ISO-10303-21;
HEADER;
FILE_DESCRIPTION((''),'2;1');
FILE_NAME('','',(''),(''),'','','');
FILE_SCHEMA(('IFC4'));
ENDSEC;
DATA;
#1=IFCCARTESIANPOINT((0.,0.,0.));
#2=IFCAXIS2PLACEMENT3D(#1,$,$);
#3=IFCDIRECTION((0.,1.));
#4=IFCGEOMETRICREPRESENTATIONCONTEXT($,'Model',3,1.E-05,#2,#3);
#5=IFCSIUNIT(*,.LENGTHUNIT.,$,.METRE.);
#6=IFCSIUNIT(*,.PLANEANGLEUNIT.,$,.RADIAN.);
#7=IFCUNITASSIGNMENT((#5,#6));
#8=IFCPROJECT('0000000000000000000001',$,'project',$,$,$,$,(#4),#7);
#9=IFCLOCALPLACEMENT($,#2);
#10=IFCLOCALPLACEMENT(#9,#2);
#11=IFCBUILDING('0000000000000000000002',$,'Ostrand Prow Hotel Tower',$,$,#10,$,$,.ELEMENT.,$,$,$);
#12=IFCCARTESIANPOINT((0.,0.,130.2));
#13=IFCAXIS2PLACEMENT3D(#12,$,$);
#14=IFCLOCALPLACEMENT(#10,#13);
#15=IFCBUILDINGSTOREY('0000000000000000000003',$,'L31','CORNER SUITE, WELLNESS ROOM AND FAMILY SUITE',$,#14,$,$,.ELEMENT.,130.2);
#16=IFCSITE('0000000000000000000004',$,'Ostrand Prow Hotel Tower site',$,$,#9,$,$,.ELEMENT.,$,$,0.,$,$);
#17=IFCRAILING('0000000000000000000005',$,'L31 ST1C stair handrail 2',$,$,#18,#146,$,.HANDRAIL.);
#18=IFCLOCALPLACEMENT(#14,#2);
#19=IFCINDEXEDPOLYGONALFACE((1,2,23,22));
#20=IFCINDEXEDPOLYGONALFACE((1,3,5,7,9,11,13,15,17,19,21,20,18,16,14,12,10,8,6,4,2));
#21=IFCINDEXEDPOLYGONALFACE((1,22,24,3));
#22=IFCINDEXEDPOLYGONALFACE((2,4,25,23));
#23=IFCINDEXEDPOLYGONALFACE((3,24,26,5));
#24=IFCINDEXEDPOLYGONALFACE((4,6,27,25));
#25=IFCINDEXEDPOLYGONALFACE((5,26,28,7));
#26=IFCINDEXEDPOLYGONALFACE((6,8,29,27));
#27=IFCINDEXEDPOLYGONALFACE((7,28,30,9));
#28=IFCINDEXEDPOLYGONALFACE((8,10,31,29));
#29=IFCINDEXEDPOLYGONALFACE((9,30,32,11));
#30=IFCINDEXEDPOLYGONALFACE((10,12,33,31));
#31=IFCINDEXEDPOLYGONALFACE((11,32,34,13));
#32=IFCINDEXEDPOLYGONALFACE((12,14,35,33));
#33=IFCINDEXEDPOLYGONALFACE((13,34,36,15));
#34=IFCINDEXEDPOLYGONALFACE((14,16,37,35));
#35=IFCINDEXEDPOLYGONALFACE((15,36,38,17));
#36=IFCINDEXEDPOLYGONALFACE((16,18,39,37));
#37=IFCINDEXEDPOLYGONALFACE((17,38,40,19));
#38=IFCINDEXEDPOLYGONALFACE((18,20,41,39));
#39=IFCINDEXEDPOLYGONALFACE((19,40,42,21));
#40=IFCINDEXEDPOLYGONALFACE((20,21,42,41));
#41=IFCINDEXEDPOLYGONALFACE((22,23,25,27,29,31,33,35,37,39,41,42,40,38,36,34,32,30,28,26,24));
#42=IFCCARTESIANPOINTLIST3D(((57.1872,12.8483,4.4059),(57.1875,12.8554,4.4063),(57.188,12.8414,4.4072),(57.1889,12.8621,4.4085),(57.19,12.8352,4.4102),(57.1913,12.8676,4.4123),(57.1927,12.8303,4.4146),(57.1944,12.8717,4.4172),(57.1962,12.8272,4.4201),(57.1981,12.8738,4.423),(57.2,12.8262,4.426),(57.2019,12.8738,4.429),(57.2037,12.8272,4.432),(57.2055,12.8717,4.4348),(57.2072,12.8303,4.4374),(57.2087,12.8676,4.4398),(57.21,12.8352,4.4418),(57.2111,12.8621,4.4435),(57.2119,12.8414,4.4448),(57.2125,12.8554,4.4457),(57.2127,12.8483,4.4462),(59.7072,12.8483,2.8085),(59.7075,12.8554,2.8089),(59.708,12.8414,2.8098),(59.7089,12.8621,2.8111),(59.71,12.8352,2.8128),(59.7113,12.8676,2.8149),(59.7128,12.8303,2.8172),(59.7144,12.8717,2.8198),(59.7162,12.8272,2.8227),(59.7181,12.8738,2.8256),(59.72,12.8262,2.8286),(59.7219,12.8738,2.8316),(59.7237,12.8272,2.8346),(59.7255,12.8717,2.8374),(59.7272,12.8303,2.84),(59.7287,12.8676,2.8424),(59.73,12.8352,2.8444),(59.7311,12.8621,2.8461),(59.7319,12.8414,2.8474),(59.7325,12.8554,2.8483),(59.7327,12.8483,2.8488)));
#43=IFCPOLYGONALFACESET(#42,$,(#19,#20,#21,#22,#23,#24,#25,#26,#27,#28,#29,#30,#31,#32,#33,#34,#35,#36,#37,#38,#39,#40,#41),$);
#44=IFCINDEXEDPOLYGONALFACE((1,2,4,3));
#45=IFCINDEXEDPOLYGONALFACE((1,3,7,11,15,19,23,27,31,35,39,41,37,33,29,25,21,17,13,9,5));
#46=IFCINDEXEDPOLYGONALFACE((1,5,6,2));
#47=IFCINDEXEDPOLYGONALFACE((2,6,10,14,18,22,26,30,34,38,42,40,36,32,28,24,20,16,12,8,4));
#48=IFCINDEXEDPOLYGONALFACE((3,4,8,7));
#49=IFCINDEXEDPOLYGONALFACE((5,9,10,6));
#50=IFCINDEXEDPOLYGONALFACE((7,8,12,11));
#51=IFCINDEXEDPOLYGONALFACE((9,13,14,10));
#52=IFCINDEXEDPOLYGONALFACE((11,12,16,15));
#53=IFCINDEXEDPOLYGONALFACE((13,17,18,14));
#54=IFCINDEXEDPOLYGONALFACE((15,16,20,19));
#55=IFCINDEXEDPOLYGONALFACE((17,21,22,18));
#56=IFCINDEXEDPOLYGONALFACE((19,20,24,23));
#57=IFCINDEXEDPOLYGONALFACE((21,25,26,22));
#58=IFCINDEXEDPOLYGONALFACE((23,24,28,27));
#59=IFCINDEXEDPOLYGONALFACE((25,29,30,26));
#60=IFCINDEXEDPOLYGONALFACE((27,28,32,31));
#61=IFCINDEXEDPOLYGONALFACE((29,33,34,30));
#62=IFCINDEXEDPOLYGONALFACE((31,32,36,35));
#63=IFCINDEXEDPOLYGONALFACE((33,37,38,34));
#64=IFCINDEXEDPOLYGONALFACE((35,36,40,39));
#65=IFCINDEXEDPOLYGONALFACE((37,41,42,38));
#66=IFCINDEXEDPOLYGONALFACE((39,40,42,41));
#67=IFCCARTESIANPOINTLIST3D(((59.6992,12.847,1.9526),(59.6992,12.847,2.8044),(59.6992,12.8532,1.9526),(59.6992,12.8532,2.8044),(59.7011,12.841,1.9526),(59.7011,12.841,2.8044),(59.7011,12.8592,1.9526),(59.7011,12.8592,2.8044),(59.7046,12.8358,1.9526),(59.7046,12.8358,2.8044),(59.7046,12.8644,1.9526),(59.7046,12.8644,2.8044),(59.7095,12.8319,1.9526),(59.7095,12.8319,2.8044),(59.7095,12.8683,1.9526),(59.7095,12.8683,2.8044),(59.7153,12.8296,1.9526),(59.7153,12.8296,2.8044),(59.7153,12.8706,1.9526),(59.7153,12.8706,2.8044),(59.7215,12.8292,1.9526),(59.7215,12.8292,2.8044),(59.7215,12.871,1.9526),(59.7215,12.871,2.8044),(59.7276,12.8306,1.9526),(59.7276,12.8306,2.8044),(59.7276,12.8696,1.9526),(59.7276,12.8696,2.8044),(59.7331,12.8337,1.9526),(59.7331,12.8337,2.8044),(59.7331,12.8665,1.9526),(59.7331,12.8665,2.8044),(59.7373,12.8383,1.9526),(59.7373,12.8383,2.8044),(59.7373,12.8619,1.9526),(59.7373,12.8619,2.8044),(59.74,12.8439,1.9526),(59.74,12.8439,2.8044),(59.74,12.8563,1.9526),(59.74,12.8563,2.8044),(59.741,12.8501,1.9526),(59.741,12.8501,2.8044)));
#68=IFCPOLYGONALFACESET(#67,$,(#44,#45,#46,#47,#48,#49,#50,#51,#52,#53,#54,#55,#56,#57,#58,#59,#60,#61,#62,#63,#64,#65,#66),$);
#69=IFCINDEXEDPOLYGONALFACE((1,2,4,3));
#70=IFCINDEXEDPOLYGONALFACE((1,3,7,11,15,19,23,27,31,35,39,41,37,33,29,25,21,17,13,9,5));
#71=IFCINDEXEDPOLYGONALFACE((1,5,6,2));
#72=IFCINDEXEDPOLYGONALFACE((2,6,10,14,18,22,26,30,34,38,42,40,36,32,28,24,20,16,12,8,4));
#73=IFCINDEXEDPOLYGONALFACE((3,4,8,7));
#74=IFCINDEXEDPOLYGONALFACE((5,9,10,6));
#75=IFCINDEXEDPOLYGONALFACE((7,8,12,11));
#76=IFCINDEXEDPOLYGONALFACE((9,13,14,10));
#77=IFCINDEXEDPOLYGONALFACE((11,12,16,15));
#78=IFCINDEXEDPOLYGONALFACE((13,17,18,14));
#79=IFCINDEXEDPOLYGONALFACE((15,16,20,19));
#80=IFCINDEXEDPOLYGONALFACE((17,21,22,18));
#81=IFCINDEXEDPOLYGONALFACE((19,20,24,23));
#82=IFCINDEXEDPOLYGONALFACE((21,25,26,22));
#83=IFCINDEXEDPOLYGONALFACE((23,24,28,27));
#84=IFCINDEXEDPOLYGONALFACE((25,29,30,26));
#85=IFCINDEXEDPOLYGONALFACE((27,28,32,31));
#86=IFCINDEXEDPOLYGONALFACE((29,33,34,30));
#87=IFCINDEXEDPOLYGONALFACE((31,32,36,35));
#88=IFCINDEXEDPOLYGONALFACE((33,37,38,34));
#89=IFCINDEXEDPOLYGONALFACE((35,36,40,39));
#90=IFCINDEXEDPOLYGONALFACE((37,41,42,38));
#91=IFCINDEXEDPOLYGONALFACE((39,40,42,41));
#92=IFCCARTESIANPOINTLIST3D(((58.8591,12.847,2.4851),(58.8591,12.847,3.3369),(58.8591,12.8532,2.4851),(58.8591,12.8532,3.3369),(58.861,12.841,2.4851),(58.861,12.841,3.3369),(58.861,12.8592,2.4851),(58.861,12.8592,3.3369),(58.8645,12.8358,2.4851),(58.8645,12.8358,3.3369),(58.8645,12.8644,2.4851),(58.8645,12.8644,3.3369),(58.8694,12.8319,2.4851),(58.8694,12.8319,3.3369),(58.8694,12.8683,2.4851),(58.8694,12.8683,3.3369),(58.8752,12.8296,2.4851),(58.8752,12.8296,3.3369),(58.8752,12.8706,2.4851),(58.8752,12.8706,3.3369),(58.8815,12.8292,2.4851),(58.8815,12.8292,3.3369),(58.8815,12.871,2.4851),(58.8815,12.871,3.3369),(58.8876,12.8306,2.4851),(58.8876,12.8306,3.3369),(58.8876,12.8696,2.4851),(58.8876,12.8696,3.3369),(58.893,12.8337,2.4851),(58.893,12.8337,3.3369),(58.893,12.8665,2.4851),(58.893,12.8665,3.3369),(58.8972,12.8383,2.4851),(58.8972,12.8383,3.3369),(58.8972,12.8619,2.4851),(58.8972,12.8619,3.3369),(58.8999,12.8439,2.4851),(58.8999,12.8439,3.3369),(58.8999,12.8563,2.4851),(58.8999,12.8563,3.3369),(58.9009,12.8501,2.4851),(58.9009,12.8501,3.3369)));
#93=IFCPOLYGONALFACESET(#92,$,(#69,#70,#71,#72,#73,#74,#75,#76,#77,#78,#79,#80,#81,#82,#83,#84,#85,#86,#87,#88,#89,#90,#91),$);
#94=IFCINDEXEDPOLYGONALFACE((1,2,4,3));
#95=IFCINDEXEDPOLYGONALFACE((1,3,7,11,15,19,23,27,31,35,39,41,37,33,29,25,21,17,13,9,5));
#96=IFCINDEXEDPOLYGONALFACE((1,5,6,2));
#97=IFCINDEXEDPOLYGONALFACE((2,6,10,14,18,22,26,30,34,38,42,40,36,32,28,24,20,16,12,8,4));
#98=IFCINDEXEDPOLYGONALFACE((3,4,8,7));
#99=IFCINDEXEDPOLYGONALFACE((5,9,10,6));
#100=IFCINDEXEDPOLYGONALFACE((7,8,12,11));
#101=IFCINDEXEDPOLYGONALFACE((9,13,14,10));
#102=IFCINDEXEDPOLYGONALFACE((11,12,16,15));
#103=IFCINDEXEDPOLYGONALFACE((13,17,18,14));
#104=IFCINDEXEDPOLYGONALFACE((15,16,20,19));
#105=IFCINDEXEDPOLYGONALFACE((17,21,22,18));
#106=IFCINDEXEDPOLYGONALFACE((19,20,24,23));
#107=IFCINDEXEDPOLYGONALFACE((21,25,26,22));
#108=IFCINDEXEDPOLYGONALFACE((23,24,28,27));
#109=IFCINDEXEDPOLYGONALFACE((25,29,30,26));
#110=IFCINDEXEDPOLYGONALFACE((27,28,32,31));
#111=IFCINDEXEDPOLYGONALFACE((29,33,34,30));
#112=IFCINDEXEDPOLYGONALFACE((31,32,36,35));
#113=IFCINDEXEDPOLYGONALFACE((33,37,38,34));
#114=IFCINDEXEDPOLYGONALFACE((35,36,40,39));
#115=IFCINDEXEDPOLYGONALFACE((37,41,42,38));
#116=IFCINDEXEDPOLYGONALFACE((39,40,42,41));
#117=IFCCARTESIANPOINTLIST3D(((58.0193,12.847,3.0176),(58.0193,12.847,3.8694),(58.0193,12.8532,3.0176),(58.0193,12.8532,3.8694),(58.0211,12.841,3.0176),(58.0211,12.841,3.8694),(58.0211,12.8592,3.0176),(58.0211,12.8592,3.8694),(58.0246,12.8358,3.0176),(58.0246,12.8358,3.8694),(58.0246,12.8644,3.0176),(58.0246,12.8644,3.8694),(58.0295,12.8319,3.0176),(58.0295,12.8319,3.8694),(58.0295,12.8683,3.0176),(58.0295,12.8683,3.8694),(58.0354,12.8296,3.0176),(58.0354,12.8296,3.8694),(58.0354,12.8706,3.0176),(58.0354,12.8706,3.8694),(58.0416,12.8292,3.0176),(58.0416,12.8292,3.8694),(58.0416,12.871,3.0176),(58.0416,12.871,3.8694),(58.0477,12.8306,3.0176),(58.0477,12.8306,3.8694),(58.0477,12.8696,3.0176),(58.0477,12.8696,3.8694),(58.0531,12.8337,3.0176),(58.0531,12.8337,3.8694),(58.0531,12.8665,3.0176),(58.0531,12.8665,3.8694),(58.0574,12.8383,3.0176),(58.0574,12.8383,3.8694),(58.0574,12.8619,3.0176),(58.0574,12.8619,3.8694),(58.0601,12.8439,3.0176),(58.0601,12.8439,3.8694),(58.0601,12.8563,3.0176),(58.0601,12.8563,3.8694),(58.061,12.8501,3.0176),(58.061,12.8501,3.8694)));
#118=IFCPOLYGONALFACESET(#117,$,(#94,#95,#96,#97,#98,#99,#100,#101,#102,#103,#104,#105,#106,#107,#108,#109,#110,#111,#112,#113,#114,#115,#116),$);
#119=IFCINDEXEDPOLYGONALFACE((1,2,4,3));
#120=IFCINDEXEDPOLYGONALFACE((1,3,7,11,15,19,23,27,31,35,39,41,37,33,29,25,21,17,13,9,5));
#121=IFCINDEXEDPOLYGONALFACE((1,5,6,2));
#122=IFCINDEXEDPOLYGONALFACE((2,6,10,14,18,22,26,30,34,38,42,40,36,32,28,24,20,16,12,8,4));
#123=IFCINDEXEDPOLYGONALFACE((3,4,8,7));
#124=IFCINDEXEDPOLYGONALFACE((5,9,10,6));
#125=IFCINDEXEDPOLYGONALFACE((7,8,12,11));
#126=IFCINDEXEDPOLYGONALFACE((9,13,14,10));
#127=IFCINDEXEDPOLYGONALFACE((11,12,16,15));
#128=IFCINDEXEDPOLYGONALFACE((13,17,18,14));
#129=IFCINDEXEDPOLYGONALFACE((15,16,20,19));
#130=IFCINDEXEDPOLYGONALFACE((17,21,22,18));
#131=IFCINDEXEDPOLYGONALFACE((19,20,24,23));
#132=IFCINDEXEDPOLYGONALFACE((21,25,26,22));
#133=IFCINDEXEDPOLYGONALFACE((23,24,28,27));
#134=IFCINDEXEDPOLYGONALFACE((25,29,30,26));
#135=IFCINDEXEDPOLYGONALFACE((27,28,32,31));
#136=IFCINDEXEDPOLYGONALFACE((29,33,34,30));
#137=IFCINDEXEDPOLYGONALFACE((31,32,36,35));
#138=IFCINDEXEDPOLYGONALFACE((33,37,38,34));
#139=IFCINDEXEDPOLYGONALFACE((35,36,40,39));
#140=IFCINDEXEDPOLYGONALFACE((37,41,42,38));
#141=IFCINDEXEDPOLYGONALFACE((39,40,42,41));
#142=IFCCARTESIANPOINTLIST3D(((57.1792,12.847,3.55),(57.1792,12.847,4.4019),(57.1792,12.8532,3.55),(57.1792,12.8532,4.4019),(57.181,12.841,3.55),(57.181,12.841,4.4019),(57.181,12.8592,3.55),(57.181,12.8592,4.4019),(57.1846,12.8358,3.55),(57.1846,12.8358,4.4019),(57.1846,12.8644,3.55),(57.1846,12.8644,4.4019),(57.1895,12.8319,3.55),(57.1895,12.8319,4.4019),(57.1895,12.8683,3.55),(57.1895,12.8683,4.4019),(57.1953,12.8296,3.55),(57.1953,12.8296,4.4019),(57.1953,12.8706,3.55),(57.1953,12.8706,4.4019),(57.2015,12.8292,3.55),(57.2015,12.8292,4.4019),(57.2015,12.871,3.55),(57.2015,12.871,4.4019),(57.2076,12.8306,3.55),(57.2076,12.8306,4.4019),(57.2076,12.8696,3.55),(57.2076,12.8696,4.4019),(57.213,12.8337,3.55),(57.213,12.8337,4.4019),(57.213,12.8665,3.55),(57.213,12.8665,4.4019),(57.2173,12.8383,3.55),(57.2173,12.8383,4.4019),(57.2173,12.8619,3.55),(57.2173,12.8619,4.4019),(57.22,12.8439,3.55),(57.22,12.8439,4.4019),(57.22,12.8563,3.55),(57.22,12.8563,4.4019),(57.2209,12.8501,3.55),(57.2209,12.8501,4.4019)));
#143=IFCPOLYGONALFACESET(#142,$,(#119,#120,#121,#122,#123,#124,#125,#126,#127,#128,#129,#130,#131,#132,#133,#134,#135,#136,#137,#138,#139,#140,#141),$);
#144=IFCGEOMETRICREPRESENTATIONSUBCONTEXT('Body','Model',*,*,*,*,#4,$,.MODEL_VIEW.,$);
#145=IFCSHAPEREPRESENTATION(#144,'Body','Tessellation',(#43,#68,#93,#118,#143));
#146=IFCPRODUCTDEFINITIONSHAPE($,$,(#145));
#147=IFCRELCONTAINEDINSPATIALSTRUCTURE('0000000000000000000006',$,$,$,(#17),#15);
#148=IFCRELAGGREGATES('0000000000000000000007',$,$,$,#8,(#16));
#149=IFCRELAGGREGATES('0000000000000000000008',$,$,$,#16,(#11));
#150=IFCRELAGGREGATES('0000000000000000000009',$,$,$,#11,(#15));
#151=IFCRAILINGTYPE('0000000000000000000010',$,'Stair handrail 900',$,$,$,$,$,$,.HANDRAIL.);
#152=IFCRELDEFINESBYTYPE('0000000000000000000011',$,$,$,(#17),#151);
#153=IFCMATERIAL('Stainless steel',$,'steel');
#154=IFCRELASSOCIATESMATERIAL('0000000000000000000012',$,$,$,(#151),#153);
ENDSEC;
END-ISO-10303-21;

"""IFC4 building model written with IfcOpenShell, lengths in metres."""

from ifc_helpers import new_model, si_unit, direction, frame, origin, origin_2d, place, context, subcontext, project, spatial, circle, extrude, material, type_object, element, save


model = new_model("IFC4")

# Units and contexts
model_context = context("Model", 3, precision=1e-05, world=origin(), true_north=direction((0.0, 1.0)))
body_context = subcontext(model_context, "Body", "Model", "MODEL_VIEW")
ifc_project = project(units=[si_unit("LENGTHUNIT", "METRE"), si_unit("PLANEANGLEUNIT", "RADIAN")], contexts=[model_context])

# Site, building, storey
site_placement = place(None, origin())
site = spatial("IfcSite", under=ifc_project, at=site_placement, Name="Ostrand Prow Hotel Tower site", CompositionType="ELEMENT", RefElevation=0.0)
building_placement = place(site_placement, origin())
building = spatial("IfcBuilding", under=site, at=building_placement, Name="Ostrand Prow Hotel Tower", CompositionType="ELEMENT")
storey_placement = place(building_placement, frame((0.0, 0.0, 130.2)))
storey = spatial("IfcBuildingStorey", under=building, at=storey_placement, Name="L31", Description="CORNER SUITE, WELLNESS ROOM AND FAMILY SUITE", CompositionType="ELEMENT", Elevation=130.2)

# Railing
ifc_material_1 = material(Name="Stainless steel", Category="steel")
railing_type_1 = type_object("IfcRailingType", Name="Stair handrail 900", PredefinedType="HANDRAIL", material=ifc_material_1)
railing_1_placement = place(storey_placement, frame((59.72, 12.8501, 1.9526)))
element("IfcRailing", 1, at=railing_1_placement, inside=storey, type_object=railing_type_1, Name="L31 ST1C stair handrail 2", PredefinedType="HANDRAIL", context=body_context, shape_type="SweptSolid", body=[
    extrude(circle(Radius=0.0239, at=origin_2d()), frame((0.0, 0.0, 0.876), z_axis=(-0.844607, 0.0, 0.535387), x_axis=(0.0, -1.0, 0.0)), (0.0, 0.0, 1.0), 2.9836),
    extrude(circle(Radius=0.021, at=origin_2d()), origin(), (0.0, 0.0, 1.0), 0.8518),
    extrude(circle(Radius=0.021, at=origin_2d()), frame((-0.8401, 0.0, 0.5325)), (0.0, 0.0, 1.0), 0.8518),
    extrude(circle(Radius=0.021, at=origin_2d()), frame((-1.6799, 0.0, 1.0649)), (0.0, 0.0, 1.0), 0.8518),
    extrude(circle(Radius=0.021, at=origin_2d()), frame((-2.52, 0.0, 1.5974)), (0.0, 0.0, 1.0), 0.8518),
])

save(model, "model.ifc")
